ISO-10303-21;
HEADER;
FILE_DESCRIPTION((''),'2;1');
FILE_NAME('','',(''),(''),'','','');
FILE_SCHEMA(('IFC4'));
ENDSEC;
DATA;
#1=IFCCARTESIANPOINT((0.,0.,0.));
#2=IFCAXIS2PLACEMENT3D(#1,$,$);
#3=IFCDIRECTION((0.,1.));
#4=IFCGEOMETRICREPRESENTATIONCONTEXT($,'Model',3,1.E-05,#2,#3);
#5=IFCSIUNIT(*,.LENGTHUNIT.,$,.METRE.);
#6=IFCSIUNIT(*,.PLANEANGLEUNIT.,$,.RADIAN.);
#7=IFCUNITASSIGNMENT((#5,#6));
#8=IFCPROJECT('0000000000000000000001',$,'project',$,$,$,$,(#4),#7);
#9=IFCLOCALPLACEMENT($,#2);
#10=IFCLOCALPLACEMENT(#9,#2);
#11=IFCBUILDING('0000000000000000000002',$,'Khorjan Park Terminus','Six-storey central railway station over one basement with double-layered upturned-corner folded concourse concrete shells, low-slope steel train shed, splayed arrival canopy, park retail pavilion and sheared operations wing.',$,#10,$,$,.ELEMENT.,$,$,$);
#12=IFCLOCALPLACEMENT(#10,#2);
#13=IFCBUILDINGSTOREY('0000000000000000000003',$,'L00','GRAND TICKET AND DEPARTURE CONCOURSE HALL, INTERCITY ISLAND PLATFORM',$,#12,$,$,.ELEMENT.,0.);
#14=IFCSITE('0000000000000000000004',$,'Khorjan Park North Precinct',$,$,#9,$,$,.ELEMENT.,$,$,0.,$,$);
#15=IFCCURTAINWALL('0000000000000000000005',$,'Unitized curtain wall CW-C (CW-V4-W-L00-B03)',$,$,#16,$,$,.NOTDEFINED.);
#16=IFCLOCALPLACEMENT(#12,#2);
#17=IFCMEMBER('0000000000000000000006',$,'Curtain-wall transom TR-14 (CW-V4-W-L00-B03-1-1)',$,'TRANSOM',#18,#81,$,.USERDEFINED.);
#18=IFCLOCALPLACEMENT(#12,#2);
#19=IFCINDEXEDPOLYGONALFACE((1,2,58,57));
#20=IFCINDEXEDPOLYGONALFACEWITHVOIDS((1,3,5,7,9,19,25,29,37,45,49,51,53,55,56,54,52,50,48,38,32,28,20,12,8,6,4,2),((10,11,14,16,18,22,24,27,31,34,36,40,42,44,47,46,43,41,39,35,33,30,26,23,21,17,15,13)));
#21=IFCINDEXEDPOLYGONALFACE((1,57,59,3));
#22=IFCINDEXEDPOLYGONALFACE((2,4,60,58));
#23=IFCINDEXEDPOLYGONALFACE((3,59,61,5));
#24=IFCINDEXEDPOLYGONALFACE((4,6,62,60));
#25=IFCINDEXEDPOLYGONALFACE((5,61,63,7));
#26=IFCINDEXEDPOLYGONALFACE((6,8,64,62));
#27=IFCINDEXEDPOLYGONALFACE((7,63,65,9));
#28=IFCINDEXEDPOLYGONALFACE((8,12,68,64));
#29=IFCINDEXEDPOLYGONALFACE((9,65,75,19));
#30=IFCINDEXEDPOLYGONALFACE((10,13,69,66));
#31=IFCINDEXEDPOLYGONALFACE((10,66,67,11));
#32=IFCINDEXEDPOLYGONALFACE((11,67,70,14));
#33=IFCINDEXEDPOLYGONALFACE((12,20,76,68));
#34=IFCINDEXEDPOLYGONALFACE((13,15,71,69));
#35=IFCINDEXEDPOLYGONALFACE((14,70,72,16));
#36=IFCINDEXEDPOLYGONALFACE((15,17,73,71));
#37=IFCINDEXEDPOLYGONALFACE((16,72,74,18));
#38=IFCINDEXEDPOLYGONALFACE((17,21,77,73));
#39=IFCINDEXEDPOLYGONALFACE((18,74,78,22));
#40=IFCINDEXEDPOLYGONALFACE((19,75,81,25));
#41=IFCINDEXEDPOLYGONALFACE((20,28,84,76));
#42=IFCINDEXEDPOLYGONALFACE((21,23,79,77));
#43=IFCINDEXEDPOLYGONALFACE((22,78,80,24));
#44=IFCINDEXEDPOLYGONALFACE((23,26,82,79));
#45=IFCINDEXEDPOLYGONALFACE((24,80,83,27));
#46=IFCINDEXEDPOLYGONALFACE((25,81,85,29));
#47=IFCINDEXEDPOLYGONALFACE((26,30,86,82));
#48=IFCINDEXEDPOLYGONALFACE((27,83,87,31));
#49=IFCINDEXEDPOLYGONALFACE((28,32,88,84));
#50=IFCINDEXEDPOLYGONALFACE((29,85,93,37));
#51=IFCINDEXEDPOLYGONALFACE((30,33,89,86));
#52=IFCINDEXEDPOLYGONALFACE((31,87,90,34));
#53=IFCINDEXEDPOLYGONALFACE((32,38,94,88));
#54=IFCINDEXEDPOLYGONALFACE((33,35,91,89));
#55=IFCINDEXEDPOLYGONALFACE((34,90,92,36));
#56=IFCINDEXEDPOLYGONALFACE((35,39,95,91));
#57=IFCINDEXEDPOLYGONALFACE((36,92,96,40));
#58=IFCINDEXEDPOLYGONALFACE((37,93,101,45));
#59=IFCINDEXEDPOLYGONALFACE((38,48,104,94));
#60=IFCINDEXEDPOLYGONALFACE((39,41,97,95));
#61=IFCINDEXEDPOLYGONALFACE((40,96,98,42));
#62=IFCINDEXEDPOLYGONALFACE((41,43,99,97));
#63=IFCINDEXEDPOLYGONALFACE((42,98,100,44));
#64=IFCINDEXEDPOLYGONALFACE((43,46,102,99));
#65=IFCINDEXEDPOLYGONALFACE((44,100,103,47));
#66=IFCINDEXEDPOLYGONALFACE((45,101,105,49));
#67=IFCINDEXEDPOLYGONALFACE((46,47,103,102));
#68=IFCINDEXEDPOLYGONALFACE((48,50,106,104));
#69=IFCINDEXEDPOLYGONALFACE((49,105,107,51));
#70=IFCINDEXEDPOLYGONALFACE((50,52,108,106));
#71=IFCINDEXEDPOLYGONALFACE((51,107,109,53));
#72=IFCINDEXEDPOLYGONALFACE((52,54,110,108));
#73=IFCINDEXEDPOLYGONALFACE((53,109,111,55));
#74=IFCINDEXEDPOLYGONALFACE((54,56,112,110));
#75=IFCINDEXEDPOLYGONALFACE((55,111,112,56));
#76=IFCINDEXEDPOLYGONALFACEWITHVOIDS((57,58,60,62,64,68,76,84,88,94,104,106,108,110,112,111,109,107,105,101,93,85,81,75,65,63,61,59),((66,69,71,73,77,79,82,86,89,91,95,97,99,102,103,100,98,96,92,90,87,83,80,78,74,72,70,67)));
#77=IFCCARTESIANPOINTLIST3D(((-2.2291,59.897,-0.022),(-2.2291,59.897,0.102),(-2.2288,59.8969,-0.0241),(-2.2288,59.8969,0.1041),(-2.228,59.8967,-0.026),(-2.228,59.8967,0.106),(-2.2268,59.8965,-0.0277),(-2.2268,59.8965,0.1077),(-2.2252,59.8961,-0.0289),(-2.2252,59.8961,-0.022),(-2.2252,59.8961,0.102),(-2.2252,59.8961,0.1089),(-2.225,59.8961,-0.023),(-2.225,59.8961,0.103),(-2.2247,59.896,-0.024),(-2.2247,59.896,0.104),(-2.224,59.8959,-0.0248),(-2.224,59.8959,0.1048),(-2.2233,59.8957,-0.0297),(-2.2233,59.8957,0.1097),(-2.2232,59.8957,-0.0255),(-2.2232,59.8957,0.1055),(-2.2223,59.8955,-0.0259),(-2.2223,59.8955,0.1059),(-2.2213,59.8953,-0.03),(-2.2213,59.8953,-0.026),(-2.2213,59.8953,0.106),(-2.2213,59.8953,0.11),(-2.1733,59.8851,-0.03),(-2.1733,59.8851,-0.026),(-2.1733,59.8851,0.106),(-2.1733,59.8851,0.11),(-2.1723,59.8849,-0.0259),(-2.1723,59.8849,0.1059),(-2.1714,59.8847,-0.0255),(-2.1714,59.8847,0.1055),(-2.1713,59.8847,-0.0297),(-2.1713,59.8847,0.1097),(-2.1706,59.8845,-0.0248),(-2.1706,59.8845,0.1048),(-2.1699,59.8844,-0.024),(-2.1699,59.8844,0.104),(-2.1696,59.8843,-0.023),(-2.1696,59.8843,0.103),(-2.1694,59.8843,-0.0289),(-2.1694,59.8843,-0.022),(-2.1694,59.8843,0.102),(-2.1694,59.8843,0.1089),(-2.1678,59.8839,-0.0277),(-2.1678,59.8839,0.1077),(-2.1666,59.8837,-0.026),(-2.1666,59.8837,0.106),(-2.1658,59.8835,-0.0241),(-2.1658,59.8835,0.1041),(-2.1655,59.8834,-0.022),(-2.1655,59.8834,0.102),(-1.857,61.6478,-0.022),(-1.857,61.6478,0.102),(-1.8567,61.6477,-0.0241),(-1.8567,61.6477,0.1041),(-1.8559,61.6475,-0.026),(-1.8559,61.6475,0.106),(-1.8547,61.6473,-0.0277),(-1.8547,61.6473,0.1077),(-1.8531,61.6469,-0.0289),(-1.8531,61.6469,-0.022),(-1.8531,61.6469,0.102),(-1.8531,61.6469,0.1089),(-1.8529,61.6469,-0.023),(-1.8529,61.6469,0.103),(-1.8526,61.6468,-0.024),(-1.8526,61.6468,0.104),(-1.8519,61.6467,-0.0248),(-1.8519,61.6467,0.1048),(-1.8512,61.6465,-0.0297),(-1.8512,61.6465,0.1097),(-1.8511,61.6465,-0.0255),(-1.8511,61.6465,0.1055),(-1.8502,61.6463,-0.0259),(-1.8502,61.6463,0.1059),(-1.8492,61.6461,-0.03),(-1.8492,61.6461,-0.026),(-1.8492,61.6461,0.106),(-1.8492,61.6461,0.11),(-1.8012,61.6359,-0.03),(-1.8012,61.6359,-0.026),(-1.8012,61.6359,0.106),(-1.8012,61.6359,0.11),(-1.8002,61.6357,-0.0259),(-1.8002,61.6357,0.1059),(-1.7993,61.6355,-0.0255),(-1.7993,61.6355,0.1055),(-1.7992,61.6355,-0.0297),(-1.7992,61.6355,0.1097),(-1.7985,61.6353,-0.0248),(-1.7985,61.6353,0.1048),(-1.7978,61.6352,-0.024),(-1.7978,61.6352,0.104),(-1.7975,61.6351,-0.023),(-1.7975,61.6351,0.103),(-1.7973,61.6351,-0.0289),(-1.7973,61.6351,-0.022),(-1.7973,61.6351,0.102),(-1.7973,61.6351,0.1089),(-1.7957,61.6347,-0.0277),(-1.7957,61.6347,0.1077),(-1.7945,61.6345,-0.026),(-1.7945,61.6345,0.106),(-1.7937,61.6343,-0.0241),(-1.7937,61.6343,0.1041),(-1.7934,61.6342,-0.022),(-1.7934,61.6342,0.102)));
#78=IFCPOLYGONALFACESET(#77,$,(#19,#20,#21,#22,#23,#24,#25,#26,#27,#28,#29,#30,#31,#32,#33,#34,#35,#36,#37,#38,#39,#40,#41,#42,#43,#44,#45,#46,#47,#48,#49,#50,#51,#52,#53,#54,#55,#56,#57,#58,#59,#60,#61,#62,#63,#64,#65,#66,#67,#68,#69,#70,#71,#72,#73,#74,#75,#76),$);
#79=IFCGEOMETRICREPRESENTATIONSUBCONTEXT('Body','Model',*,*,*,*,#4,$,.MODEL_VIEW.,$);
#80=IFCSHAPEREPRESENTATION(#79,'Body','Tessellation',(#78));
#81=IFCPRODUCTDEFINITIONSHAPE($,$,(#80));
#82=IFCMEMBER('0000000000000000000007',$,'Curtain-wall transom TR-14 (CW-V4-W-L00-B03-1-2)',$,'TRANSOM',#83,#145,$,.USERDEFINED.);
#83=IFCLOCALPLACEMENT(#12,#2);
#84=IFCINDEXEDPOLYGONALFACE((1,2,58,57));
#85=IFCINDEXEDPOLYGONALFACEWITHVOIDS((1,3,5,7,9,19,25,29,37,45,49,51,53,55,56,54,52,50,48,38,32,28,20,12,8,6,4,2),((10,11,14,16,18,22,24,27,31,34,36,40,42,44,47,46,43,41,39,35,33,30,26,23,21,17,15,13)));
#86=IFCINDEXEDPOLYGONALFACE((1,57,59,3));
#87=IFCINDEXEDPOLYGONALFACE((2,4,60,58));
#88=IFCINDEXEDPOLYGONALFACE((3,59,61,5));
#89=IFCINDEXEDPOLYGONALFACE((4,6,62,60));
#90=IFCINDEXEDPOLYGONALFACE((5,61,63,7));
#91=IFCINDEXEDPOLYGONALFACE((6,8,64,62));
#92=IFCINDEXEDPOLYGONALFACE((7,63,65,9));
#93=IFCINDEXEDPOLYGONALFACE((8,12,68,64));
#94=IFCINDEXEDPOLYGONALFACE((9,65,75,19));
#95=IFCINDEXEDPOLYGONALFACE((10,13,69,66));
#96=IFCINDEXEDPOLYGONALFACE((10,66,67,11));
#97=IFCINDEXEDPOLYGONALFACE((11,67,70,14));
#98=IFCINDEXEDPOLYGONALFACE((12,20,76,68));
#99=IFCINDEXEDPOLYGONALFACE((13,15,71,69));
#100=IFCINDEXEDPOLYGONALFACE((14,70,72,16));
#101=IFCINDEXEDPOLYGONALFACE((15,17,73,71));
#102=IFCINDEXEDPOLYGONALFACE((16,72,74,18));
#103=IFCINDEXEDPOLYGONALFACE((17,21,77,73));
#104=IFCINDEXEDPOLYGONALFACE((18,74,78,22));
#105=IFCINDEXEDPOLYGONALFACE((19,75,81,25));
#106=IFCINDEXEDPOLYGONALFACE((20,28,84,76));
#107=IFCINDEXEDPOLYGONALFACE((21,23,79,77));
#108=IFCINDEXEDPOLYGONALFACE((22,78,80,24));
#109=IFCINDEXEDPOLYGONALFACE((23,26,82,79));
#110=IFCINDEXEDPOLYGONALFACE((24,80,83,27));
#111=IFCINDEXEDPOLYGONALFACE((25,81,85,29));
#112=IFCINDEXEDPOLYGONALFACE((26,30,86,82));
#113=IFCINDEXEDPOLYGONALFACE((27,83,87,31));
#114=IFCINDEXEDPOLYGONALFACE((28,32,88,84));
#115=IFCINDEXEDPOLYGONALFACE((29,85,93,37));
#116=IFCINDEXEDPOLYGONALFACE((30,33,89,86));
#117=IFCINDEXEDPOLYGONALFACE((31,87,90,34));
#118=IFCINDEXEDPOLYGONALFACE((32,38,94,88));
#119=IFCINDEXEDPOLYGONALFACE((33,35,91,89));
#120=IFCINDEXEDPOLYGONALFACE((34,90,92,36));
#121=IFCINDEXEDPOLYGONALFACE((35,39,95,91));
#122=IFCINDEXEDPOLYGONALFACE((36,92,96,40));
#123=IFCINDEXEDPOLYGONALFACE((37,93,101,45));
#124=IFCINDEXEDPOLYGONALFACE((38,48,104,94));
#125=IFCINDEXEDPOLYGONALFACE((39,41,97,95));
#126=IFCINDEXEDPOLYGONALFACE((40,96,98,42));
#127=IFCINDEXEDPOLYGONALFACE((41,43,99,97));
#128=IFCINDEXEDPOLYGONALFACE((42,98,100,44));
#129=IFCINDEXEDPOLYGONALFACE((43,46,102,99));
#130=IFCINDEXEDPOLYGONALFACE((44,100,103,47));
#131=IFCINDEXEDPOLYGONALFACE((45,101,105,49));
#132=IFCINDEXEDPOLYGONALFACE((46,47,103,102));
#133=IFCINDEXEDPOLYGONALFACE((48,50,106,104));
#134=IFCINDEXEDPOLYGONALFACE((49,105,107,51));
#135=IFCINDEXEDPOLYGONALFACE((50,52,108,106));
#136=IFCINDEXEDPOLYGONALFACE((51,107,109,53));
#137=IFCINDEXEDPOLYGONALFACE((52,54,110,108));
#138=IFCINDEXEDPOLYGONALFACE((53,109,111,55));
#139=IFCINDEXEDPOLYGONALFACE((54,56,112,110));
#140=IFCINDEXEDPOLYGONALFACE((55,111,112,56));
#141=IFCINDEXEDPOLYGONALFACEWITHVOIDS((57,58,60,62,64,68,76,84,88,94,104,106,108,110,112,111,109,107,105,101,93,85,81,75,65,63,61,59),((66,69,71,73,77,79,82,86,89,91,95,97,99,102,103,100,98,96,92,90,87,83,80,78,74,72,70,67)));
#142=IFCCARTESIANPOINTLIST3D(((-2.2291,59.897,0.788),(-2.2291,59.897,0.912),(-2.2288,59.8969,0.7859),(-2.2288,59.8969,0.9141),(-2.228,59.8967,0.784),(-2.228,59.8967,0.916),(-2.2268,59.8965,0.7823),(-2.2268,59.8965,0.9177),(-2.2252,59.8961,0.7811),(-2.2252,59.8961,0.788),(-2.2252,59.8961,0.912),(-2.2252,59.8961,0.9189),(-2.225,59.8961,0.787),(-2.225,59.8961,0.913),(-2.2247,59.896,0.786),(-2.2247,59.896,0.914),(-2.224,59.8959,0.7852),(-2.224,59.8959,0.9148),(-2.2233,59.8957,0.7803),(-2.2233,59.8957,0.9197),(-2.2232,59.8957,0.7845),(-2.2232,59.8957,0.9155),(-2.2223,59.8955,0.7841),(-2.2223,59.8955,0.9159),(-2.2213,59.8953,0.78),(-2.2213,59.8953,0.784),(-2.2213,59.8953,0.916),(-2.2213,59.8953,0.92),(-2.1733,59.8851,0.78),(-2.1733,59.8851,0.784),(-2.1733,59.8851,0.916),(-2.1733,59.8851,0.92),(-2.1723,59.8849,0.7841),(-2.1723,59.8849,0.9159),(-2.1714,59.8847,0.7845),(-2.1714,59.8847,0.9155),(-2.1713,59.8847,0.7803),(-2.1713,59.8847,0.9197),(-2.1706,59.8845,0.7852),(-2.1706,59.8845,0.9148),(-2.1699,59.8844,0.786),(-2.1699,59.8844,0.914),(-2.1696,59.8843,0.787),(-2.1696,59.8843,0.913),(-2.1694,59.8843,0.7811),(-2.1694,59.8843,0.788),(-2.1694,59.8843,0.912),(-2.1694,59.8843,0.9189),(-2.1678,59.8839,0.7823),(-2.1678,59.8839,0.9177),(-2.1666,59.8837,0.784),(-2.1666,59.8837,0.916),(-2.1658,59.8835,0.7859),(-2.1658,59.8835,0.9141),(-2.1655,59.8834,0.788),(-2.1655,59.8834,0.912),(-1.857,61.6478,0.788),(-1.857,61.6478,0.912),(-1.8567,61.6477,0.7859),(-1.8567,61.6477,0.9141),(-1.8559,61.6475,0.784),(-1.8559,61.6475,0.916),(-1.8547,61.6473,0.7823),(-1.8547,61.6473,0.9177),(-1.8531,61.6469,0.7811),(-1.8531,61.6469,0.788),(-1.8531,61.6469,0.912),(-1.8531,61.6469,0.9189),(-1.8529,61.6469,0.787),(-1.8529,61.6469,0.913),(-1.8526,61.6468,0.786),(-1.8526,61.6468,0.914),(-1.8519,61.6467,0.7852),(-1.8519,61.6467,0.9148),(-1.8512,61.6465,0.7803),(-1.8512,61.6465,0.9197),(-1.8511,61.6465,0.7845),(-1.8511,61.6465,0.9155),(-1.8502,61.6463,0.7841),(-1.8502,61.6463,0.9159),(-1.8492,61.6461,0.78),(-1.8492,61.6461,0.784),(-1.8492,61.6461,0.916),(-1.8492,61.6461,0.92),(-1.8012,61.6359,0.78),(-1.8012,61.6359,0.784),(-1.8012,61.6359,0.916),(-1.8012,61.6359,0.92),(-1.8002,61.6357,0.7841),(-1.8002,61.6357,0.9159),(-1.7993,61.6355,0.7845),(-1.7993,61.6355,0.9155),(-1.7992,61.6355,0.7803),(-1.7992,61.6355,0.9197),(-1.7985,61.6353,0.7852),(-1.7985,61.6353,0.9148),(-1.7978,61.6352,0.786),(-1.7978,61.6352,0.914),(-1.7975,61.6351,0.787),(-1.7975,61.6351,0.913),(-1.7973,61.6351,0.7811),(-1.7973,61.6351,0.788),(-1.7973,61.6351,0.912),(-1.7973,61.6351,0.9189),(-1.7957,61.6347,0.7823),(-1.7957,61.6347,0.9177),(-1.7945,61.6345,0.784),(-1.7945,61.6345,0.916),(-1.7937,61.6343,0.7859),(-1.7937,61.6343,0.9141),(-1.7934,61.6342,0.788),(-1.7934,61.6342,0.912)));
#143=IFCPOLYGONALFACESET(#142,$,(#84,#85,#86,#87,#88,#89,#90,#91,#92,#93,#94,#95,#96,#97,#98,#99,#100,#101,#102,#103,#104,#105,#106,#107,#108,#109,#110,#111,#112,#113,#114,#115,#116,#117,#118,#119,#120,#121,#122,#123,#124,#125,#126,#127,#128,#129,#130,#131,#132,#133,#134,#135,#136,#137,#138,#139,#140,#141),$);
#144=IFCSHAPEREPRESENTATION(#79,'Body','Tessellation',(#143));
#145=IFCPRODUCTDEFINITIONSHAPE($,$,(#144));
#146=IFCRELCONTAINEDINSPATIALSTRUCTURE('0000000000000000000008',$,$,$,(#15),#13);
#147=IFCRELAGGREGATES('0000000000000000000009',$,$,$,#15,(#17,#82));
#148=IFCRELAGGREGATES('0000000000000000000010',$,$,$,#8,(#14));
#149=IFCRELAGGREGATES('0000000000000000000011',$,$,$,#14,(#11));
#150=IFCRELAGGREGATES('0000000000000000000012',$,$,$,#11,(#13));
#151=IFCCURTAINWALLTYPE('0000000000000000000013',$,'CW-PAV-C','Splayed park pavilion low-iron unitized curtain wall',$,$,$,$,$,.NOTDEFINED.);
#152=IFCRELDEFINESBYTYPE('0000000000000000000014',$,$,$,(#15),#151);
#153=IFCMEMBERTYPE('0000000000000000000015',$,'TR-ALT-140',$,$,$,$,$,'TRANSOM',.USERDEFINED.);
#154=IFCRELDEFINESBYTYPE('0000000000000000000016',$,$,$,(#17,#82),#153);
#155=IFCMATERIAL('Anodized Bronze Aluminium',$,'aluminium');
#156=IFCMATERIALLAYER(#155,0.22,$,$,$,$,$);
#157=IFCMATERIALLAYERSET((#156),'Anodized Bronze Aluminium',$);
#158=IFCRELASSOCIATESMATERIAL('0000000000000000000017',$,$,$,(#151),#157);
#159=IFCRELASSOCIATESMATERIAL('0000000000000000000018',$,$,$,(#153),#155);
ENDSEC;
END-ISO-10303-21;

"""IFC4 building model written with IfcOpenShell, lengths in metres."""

from ifc_helpers import new_model, si_unit, direction, frame, origin, origin_2d, place, context, subcontext, project, spatial, hollow_rectangle, extrude, material, layer, layer_set, material_profile, profile_set, type_object, element, aggregate, save


model = new_model("IFC4")

# Units and contexts
model_context = context("Model", 3, precision=1e-05, world=origin(), true_north=direction((0.0, 1.0)))
body_context = subcontext(model_context, "Body", "Model", "MODEL_VIEW")
ifc_project = project(units=[si_unit("LENGTHUNIT", "METRE"), si_unit("PLANEANGLEUNIT", "RADIAN")], contexts=[model_context])

# Site, building, storey
site_placement = place(None, origin())
site = spatial("IfcSite", under=ifc_project, at=site_placement, Name="Khorjan Park North Precinct", CompositionType="ELEMENT", RefElevation=0.0)
building_placement = place(site_placement, origin())
building = spatial("IfcBuilding", under=site, at=building_placement, Name="Khorjan Park Terminus", Description="Six-storey central railway station over one basement with double-layered upturned-corner folded concourse concrete shells, low-slope steel train shed, splayed arrival canopy, park retail pavilion and sheared operations wing.", CompositionType="ELEMENT")
storey_placement = place(building_placement, origin())
storey = spatial("IfcBuildingStorey", under=building, at=storey_placement, Name="L00", Description="GRAND TICKET AND DEPARTURE CONCOURSE HALL, INTERCITY ISLAND PLATFORM", CompositionType="ELEMENT", Elevation=0.0)

# Curtain wall, members
ifc_material_1 = material(Name="Anodized Bronze Aluminium", Category="aluminium")
ifc_layer_1 = layer(ifc_material_1, 0.22)
ifc_layer_set_1 = layer_set([ifc_layer_1], Name="Anodized Bronze Aluminium")
curtain_wall_type = type_object("IfcCurtainWallType", Name="CW-PAV-C", Description="Splayed park pavilion low-iron unitized curtain wall", PredefinedType="NOTDEFINED", material=ifc_layer_set_1)
curtain_wall_placement = place(storey_placement, origin())
curtain_wall = element("IfcCurtainWall", 1, at=curtain_wall_placement, inside=storey, type_object=curtain_wall_type, Name="Unitized curtain wall CW-C (CW-V4-W-L00-B03)", PredefinedType="NOTDEFINED")
ifc_material_profile_1 = material_profile(ifc_material_1, hollow_rectangle(XDim=0.065, YDim=0.14, WallThickness=0.004, InnerFilletRadius=0.004, OuterFilletRadius=0.008, at=origin_2d()), Name="ALT 65x140x4")
ifc_profile_set_1 = profile_set([ifc_material_profile_1], Name="Anodized Bronze Aluminium")
member_type_1 = type_object("IfcMemberType", Name="TR-ALT-140", ElementType="TRANSOM", PredefinedType="USERDEFINED", material=ifc_profile_set_1)
member_1_placement = place(storey_placement, frame((-1.8252, 61.641, 0.04), z_axis=(-0.207888, -0.978153, 0.0), x_axis=(0.978153, -0.207888, 0.0)))
member_1 = element("IfcMember", 2, at=member_1_placement, type_object=member_type_1, Name="Curtain-wall transom TR-14 (CW-V4-W-L00-B03-1-1)", ObjectType="TRANSOM", PredefinedType="USERDEFINED", context=body_context, shape_type="SweptSolid", body=[
    extrude(hollow_rectangle(XDim=0.065, YDim=0.14, WallThickness=0.004, InnerFilletRadius=0.004, OuterFilletRadius=0.008, at=origin_2d()), origin(), (0.0, 0.0, 1.0), 1.7899),
])
member_2_placement = place(storey_placement, frame((-1.8252, 61.641, 0.85), z_axis=(-0.207888, -0.978153, 0.0), x_axis=(0.978153, -0.207888, 0.0)))
member_2 = element("IfcMember", 3, at=member_2_placement, type_object=member_type_1, Name="Curtain-wall transom TR-14 (CW-V4-W-L00-B03-1-2)", ObjectType="TRANSOM", PredefinedType="USERDEFINED", context=body_context, shape_type="SweptSolid", body=[
    extrude(hollow_rectangle(XDim=0.065, YDim=0.14, WallThickness=0.004, InnerFilletRadius=0.004, OuterFilletRadius=0.008, at=origin_2d()), origin(), (0.0, 0.0, 1.0), 1.7899),
])
aggregate(curtain_wall, [member_1, member_2])

save(model, "model.ifc")
